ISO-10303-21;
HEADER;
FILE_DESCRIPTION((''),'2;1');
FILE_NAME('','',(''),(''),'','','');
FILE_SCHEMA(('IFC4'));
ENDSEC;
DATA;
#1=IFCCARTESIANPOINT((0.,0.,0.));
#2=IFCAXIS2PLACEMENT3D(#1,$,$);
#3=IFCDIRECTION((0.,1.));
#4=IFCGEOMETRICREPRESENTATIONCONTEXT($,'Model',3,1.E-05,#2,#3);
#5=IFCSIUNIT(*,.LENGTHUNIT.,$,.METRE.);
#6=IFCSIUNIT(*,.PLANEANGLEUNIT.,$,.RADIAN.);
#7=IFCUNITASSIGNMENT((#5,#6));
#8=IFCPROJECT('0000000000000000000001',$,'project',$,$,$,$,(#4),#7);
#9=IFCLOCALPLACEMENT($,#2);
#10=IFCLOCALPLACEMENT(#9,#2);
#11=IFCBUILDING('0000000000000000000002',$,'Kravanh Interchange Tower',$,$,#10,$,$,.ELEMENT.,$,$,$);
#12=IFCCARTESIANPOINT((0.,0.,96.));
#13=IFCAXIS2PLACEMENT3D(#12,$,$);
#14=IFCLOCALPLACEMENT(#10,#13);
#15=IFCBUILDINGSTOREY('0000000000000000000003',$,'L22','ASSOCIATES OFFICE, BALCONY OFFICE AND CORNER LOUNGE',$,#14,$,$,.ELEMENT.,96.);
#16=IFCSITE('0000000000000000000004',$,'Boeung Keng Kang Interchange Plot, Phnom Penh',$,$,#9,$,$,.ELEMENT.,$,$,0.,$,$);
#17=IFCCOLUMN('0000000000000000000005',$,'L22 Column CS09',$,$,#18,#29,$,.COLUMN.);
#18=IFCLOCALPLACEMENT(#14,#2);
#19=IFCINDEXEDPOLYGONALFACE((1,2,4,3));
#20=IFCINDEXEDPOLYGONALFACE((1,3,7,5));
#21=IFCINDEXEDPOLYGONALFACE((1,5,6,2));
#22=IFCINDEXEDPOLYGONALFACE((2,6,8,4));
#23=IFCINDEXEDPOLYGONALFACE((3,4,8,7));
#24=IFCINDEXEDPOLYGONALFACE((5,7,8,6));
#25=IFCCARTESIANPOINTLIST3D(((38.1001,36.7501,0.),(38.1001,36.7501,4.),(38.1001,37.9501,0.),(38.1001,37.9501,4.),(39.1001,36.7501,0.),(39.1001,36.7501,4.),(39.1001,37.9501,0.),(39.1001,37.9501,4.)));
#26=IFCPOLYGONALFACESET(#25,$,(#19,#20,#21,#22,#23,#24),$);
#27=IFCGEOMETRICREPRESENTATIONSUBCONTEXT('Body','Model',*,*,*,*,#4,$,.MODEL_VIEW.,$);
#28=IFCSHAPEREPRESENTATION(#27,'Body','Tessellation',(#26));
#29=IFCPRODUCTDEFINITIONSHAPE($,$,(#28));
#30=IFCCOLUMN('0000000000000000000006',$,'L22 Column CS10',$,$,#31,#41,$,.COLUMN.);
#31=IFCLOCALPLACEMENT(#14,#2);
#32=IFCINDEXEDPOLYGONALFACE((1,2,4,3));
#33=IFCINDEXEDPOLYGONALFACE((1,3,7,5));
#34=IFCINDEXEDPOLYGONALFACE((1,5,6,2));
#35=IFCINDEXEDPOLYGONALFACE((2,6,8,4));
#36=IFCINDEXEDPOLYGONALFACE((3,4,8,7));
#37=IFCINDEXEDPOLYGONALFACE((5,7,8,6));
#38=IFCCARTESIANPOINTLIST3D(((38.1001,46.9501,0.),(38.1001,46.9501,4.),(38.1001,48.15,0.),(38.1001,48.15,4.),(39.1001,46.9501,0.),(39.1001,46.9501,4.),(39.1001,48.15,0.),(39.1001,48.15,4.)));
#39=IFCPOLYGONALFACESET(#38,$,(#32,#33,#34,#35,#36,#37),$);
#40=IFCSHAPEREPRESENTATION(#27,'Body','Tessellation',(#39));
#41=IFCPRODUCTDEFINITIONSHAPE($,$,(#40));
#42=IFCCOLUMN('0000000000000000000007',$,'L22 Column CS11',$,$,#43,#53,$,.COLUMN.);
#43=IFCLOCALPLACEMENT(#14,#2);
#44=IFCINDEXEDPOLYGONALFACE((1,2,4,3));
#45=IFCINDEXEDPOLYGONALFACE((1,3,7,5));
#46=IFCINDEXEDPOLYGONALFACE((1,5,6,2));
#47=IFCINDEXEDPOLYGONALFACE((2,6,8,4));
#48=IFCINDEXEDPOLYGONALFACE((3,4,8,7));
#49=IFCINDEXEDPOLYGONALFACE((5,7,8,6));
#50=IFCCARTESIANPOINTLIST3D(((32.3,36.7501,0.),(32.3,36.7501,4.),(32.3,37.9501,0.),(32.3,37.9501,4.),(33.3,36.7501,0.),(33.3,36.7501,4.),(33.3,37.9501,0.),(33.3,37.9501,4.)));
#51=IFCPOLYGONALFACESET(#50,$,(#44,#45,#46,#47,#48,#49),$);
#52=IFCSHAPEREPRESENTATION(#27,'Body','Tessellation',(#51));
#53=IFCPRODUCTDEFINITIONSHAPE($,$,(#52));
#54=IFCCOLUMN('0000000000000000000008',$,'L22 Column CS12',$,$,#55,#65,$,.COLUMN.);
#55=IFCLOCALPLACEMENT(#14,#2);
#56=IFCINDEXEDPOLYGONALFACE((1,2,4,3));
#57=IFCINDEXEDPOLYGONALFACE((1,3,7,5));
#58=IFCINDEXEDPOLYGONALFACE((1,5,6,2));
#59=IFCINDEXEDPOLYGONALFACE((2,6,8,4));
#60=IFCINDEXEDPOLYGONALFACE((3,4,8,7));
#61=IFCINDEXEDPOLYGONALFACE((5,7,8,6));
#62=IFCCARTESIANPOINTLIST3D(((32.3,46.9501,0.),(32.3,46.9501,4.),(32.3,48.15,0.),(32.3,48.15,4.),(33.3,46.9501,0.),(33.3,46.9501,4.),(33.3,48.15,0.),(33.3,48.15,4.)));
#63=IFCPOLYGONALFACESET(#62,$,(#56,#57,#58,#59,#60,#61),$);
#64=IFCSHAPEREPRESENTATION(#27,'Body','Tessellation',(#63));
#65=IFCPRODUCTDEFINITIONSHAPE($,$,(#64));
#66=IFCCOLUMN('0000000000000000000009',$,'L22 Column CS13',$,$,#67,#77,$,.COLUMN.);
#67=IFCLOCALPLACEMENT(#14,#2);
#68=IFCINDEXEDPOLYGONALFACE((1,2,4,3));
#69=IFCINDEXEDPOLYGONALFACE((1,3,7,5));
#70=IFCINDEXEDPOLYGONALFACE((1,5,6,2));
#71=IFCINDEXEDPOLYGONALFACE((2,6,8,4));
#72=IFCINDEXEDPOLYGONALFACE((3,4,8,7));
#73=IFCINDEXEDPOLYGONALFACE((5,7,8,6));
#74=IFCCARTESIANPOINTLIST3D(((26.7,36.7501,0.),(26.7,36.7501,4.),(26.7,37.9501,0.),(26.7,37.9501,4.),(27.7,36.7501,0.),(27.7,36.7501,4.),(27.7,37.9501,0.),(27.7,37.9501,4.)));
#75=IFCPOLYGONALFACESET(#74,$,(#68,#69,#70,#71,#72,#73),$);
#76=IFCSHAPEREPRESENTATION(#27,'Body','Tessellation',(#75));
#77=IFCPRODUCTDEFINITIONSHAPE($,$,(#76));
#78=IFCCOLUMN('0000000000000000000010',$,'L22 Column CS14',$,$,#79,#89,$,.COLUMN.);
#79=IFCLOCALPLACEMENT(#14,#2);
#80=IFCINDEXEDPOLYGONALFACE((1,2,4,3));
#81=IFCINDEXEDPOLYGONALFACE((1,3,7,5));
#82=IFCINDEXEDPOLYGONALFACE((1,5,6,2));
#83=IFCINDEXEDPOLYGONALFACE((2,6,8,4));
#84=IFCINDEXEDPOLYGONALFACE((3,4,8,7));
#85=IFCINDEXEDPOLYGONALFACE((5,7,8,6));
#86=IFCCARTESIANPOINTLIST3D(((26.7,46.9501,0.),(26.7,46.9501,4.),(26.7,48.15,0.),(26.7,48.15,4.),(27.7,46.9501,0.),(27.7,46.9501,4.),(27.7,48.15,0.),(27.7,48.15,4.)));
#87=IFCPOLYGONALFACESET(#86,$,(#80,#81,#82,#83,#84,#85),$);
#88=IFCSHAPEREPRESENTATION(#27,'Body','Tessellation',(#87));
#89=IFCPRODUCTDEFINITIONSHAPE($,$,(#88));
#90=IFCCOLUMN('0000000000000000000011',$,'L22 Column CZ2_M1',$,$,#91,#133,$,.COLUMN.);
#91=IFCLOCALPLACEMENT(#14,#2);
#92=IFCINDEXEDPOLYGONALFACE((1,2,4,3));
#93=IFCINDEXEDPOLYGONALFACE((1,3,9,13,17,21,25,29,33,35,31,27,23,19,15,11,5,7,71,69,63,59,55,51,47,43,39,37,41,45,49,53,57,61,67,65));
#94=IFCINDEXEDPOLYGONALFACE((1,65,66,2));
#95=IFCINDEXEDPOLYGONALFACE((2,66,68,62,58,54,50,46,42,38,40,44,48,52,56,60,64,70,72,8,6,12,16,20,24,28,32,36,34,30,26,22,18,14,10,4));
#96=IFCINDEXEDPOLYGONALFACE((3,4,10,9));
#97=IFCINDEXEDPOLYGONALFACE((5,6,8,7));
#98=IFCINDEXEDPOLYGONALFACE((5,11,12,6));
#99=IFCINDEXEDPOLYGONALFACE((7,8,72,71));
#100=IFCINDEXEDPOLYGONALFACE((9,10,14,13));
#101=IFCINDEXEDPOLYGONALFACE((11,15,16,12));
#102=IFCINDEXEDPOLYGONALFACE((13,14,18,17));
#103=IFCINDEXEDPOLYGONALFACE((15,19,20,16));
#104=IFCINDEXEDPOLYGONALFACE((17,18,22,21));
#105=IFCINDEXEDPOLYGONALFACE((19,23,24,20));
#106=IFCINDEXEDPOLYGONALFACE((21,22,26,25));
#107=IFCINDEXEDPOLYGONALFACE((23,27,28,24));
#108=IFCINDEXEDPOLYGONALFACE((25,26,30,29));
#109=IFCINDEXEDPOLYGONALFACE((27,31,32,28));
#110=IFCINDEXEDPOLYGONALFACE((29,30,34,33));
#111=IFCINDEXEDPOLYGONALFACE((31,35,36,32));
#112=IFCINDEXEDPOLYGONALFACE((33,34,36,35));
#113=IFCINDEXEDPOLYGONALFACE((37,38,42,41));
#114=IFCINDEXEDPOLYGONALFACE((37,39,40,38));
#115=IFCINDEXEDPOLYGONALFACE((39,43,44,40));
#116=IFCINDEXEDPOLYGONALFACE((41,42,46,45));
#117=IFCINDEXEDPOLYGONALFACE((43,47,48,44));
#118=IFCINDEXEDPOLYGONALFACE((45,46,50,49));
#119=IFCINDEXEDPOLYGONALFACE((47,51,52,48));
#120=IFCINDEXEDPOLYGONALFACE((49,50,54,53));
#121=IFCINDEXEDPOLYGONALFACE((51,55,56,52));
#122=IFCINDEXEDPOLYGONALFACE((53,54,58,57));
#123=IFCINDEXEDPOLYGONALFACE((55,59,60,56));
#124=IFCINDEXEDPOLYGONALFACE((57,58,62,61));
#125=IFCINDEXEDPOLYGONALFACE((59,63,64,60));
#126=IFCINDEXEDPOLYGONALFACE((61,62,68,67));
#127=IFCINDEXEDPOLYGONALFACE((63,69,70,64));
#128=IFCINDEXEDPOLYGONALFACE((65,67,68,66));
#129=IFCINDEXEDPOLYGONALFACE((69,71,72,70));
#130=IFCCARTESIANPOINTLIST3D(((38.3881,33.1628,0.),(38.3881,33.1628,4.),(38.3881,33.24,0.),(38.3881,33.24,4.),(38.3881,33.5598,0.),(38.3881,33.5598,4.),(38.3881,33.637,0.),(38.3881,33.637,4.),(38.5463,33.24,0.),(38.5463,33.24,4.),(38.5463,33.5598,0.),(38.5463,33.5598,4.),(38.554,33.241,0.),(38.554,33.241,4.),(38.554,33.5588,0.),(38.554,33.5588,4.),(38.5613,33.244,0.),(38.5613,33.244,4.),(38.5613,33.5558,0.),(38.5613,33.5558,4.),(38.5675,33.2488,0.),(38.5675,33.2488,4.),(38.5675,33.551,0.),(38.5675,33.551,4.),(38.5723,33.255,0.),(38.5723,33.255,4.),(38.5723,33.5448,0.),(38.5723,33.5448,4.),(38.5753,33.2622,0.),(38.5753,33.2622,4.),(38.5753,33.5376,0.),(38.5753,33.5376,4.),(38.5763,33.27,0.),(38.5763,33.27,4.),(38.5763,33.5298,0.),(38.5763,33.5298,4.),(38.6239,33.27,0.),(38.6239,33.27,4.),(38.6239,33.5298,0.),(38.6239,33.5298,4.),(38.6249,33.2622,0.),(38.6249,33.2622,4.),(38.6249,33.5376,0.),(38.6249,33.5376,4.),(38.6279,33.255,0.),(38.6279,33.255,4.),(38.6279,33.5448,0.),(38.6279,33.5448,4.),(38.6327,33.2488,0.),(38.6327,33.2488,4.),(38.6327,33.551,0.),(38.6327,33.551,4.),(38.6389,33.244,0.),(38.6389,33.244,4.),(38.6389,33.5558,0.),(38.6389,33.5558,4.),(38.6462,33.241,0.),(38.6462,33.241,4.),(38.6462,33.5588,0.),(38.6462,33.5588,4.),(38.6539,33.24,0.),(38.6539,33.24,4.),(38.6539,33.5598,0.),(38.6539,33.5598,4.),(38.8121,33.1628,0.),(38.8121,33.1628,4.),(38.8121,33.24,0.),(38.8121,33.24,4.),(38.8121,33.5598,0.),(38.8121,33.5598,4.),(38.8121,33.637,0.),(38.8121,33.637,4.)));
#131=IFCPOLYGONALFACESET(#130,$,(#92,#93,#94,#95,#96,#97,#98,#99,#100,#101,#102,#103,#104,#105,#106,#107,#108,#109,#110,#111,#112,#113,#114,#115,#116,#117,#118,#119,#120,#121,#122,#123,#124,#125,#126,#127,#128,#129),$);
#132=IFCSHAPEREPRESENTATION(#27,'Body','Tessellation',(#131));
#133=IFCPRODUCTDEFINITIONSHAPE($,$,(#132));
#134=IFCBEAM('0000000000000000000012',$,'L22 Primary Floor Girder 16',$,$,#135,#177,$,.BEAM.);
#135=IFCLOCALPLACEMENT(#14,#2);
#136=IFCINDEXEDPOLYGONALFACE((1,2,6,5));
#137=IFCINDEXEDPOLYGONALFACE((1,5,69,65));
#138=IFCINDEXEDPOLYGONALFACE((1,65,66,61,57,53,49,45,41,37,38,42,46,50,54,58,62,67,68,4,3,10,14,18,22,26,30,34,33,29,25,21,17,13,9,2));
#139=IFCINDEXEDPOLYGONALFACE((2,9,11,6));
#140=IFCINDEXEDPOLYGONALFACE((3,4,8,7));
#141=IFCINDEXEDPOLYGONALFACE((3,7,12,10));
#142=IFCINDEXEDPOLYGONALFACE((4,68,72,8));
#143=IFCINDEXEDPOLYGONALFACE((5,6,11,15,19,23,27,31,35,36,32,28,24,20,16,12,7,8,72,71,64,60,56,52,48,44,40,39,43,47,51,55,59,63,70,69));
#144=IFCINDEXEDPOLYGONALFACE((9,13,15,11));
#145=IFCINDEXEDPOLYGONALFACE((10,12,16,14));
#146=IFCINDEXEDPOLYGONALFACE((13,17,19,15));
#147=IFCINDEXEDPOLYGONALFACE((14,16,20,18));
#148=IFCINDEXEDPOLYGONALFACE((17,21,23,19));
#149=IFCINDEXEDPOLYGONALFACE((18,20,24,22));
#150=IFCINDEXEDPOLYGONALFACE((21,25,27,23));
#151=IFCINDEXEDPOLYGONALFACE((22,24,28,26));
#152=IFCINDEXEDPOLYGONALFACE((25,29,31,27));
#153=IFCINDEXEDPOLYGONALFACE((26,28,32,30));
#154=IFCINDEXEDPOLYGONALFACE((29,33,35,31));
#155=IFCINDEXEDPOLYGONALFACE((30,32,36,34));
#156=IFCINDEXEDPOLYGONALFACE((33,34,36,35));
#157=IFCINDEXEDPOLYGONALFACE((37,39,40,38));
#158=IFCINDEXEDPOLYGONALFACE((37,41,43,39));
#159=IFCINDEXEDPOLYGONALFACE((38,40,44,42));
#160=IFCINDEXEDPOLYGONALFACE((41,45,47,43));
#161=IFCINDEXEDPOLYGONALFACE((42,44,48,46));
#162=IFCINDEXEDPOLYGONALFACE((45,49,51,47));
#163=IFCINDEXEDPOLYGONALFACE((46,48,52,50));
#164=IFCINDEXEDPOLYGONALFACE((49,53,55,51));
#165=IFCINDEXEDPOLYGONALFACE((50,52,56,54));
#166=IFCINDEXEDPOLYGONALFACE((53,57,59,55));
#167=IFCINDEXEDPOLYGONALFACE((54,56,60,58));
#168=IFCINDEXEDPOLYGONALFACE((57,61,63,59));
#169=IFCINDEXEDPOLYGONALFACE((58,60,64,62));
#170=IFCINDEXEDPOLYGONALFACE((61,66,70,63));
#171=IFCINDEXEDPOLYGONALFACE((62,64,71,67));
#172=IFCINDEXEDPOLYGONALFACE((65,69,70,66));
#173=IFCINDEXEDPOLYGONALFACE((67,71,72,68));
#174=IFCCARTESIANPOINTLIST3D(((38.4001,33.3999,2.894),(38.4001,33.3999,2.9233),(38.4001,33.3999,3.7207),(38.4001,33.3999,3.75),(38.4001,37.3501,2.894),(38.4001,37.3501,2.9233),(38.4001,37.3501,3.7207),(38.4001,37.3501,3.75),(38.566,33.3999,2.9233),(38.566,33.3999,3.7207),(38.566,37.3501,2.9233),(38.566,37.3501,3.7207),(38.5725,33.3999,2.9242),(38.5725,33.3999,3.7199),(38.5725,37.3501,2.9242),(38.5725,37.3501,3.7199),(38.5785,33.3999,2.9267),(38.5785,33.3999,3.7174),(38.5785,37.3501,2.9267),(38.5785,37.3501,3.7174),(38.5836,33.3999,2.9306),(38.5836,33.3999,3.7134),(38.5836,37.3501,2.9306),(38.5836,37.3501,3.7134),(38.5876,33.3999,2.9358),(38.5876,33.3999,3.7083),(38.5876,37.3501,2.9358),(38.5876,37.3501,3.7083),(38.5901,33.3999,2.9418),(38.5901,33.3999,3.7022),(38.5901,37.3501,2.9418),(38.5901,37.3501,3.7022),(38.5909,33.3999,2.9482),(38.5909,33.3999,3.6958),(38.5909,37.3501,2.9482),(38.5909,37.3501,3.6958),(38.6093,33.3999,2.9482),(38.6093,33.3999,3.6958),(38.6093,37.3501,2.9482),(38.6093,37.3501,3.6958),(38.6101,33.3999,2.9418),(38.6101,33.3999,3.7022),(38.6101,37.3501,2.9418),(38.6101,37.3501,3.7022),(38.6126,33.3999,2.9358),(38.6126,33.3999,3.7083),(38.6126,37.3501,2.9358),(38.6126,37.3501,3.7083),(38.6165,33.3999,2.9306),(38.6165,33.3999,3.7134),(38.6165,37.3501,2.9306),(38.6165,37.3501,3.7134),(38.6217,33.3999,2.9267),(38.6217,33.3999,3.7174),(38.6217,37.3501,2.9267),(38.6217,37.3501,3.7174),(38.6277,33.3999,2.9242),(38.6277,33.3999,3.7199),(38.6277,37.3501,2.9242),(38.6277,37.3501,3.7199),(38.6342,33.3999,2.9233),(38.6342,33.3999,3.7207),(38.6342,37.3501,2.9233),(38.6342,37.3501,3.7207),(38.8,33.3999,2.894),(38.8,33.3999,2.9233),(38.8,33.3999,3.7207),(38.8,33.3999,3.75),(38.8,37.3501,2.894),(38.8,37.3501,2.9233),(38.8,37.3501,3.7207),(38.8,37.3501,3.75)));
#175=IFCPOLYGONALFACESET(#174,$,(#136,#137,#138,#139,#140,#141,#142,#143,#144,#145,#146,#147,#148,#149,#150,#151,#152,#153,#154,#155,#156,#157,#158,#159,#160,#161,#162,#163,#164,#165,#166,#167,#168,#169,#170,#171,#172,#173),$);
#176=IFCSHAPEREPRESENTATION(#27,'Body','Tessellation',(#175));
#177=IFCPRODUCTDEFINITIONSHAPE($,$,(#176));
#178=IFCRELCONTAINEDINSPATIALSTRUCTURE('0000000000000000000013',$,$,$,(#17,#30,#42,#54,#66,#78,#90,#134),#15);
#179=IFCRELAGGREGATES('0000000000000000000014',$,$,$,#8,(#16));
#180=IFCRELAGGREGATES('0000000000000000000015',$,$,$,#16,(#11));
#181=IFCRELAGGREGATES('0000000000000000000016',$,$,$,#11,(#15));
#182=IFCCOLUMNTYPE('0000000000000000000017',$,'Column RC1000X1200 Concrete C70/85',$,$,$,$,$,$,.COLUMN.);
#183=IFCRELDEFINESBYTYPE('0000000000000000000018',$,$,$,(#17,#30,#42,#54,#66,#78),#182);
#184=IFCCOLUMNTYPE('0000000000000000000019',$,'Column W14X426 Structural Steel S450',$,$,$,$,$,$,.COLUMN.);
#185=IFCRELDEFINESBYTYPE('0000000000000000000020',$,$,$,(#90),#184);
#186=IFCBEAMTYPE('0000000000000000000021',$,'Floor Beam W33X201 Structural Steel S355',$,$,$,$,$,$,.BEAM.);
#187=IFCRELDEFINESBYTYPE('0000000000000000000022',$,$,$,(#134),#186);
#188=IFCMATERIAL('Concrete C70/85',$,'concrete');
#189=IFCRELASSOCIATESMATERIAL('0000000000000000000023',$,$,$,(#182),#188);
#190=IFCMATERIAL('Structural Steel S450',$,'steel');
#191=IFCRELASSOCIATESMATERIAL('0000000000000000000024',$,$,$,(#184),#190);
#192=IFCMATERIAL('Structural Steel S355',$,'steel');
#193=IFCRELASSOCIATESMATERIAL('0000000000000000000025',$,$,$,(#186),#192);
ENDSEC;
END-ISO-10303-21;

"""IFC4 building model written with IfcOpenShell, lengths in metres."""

from ifc_helpers import new_model, si_unit, direction, frame, origin, origin_2d, place, context, subcontext, project, spatial, rectangle, i_section, extrude, material, material_profile, profile_set, type_object, element, save


model = new_model("IFC4")

# Units and contexts
model_context = context("Model", 3, precision=1e-05, world=origin(), true_north=direction((0.0, 1.0)))
body_context = subcontext(model_context, "Body", "Model", "MODEL_VIEW")
ifc_project = project(units=[si_unit("LENGTHUNIT", "METRE"), si_unit("PLANEANGLEUNIT", "RADIAN")], contexts=[model_context])

# Site, building, storey
site_placement = place(None, origin())
site = spatial("IfcSite", under=ifc_project, at=site_placement, Name="Boeung Keng Kang Interchange Plot, Phnom Penh", CompositionType="ELEMENT", RefElevation=0.0)
building_placement = place(site_placement, origin())
building = spatial("IfcBuilding", under=site, at=building_placement, Name="Kravanh Interchange Tower", CompositionType="ELEMENT")
storey_placement = place(building_placement, frame((0.0, 0.0, 96.0)))
storey = spatial("IfcBuildingStorey", under=building, at=storey_placement, Name="L22", Description="ASSOCIATES OFFICE, BALCONY OFFICE AND CORNER LOUNGE", CompositionType="ELEMENT", Elevation=96.0)

# Columns
ifc_material_1 = material(Name="Concrete C70/85", Category="concrete")
ifc_material_profile_1 = material_profile(ifc_material_1, rectangle(XDim=1.0, YDim=1.2, at=origin_2d()), Name="RC1000X1200")
ifc_profile_set_1 = profile_set([ifc_material_profile_1], Name="Concrete C70/85")
column_type_1 = type_object("IfcColumnType", Name="Column RC1000X1200 Concrete C70/85", PredefinedType="COLUMN", material=ifc_profile_set_1)
for number, where, z_axis, x_axis, name in (
    (1, (38.6001, 37.3501, 0.0), (0.0, 0.0, 1.0), (1.0, 0.0, 0.0), "L22 Column CS09"),
    (2, (38.6001, 47.55, 0.0), (0.0, 0.0, 1.0), (1.0, 0.0, 0.0), "L22 Column CS10"),
    (3, (32.8, 37.3501, 0.0), (0.0, 0.0, 1.0), (1.0, 0.0, 0.0), "L22 Column CS11"),
    (4, (32.8, 47.55, 0.0), (0.0, 0.0, 1.0), (1.0, 0.0, 0.0), "L22 Column CS12"),
    (5, (27.2, 37.3501, 0.0), (0.0, 0.0, 1.0), (1.0, 0.0, 0.0), "L22 Column CS13"),
    (6, (27.2, 47.55, 0.0), (0.0, 0.0, 1.0), (1.0, 0.0, 0.0), "L22 Column CS14"),
):
    element("IfcColumn", number, at=place(storey_placement, frame(where, z_axis=z_axis, x_axis=x_axis)), inside=storey, type_object=column_type_1, Name=name, PredefinedType="COLUMN", context=body_context, shape_type="SweptSolid", body=[
        extrude(rectangle(XDim=1.0, YDim=1.2, at=origin_2d()), origin(), (0.0, 0.0, 1.0), 4.0),
    ])
ifc_material_2 = material(Name="Structural Steel S450", Category="steel")
ifc_material_profile_2 = material_profile(ifc_material_2, i_section(OverallWidth=0.4241, OverallDepth=0.4741, WebThickness=0.0476, FlangeThickness=0.0771, FilletRadius=0.03, at=origin_2d()), Name="W14X426")
ifc_profile_set_2 = profile_set([ifc_material_profile_2], Name="Structural Steel S450")
column_type_2 = type_object("IfcColumnType", Name="Column W14X426 Structural Steel S450", PredefinedType="COLUMN", material=ifc_profile_set_2)
column_placement = place(storey_placement, frame((38.6001, 33.3999, 0.0), z_axis=(0.0, 0.0, 1.0), x_axis=(1.0, 0.0, 0.0)))
element("IfcColumn", 7, at=column_placement, inside=storey, type_object=column_type_2, Name="L22 Column CZ2_M1", PredefinedType="COLUMN", context=body_context, shape_type="SweptSolid", body=[
    extrude(i_section(OverallWidth=0.4241, OverallDepth=0.4741, WebThickness=0.0476, FlangeThickness=0.0771, FilletRadius=0.03, at=origin_2d()), origin(), (0.0, 0.0, 1.0), 4.0),
])

# Beam
ifc_material_3 = material(Name="Structural Steel S355", Category="steel")
ifc_material_profile_3 = material_profile(ifc_material_3, i_section(OverallWidth=0.3999, OverallDepth=0.856, WebThickness=0.0183, FlangeThickness=0.0293, FilletRadius=0.0249, at=origin_2d()), Name="W33X201")
ifc_profile_set_3 = profile_set([ifc_material_profile_3], Name="Structural Steel S355")
beam_type = type_object("IfcBeamType", Name="Floor Beam W33X201 Structural Steel S355", PredefinedType="BEAM", material=ifc_profile_set_3)
beam_1_placement = place(storey_placement, frame((38.6001, 37.3501, 3.322), z_axis=(0.0, -1.0, 0.0), x_axis=(1.0, 0.0, 0.0)))
element("IfcBeam", 8, at=beam_1_placement, inside=storey, type_object=beam_type, Name="L22 Primary Floor Girder 16", PredefinedType="BEAM", context=body_context, shape_type="SweptSolid", body=[
    extrude(i_section(OverallWidth=0.3999, OverallDepth=0.856, WebThickness=0.0183, FlangeThickness=0.0293, FilletRadius=0.0249, at=origin_2d()), origin(), (0.0, 0.0, 1.0), 3.9502),
])

save(model, "model.ifc")
